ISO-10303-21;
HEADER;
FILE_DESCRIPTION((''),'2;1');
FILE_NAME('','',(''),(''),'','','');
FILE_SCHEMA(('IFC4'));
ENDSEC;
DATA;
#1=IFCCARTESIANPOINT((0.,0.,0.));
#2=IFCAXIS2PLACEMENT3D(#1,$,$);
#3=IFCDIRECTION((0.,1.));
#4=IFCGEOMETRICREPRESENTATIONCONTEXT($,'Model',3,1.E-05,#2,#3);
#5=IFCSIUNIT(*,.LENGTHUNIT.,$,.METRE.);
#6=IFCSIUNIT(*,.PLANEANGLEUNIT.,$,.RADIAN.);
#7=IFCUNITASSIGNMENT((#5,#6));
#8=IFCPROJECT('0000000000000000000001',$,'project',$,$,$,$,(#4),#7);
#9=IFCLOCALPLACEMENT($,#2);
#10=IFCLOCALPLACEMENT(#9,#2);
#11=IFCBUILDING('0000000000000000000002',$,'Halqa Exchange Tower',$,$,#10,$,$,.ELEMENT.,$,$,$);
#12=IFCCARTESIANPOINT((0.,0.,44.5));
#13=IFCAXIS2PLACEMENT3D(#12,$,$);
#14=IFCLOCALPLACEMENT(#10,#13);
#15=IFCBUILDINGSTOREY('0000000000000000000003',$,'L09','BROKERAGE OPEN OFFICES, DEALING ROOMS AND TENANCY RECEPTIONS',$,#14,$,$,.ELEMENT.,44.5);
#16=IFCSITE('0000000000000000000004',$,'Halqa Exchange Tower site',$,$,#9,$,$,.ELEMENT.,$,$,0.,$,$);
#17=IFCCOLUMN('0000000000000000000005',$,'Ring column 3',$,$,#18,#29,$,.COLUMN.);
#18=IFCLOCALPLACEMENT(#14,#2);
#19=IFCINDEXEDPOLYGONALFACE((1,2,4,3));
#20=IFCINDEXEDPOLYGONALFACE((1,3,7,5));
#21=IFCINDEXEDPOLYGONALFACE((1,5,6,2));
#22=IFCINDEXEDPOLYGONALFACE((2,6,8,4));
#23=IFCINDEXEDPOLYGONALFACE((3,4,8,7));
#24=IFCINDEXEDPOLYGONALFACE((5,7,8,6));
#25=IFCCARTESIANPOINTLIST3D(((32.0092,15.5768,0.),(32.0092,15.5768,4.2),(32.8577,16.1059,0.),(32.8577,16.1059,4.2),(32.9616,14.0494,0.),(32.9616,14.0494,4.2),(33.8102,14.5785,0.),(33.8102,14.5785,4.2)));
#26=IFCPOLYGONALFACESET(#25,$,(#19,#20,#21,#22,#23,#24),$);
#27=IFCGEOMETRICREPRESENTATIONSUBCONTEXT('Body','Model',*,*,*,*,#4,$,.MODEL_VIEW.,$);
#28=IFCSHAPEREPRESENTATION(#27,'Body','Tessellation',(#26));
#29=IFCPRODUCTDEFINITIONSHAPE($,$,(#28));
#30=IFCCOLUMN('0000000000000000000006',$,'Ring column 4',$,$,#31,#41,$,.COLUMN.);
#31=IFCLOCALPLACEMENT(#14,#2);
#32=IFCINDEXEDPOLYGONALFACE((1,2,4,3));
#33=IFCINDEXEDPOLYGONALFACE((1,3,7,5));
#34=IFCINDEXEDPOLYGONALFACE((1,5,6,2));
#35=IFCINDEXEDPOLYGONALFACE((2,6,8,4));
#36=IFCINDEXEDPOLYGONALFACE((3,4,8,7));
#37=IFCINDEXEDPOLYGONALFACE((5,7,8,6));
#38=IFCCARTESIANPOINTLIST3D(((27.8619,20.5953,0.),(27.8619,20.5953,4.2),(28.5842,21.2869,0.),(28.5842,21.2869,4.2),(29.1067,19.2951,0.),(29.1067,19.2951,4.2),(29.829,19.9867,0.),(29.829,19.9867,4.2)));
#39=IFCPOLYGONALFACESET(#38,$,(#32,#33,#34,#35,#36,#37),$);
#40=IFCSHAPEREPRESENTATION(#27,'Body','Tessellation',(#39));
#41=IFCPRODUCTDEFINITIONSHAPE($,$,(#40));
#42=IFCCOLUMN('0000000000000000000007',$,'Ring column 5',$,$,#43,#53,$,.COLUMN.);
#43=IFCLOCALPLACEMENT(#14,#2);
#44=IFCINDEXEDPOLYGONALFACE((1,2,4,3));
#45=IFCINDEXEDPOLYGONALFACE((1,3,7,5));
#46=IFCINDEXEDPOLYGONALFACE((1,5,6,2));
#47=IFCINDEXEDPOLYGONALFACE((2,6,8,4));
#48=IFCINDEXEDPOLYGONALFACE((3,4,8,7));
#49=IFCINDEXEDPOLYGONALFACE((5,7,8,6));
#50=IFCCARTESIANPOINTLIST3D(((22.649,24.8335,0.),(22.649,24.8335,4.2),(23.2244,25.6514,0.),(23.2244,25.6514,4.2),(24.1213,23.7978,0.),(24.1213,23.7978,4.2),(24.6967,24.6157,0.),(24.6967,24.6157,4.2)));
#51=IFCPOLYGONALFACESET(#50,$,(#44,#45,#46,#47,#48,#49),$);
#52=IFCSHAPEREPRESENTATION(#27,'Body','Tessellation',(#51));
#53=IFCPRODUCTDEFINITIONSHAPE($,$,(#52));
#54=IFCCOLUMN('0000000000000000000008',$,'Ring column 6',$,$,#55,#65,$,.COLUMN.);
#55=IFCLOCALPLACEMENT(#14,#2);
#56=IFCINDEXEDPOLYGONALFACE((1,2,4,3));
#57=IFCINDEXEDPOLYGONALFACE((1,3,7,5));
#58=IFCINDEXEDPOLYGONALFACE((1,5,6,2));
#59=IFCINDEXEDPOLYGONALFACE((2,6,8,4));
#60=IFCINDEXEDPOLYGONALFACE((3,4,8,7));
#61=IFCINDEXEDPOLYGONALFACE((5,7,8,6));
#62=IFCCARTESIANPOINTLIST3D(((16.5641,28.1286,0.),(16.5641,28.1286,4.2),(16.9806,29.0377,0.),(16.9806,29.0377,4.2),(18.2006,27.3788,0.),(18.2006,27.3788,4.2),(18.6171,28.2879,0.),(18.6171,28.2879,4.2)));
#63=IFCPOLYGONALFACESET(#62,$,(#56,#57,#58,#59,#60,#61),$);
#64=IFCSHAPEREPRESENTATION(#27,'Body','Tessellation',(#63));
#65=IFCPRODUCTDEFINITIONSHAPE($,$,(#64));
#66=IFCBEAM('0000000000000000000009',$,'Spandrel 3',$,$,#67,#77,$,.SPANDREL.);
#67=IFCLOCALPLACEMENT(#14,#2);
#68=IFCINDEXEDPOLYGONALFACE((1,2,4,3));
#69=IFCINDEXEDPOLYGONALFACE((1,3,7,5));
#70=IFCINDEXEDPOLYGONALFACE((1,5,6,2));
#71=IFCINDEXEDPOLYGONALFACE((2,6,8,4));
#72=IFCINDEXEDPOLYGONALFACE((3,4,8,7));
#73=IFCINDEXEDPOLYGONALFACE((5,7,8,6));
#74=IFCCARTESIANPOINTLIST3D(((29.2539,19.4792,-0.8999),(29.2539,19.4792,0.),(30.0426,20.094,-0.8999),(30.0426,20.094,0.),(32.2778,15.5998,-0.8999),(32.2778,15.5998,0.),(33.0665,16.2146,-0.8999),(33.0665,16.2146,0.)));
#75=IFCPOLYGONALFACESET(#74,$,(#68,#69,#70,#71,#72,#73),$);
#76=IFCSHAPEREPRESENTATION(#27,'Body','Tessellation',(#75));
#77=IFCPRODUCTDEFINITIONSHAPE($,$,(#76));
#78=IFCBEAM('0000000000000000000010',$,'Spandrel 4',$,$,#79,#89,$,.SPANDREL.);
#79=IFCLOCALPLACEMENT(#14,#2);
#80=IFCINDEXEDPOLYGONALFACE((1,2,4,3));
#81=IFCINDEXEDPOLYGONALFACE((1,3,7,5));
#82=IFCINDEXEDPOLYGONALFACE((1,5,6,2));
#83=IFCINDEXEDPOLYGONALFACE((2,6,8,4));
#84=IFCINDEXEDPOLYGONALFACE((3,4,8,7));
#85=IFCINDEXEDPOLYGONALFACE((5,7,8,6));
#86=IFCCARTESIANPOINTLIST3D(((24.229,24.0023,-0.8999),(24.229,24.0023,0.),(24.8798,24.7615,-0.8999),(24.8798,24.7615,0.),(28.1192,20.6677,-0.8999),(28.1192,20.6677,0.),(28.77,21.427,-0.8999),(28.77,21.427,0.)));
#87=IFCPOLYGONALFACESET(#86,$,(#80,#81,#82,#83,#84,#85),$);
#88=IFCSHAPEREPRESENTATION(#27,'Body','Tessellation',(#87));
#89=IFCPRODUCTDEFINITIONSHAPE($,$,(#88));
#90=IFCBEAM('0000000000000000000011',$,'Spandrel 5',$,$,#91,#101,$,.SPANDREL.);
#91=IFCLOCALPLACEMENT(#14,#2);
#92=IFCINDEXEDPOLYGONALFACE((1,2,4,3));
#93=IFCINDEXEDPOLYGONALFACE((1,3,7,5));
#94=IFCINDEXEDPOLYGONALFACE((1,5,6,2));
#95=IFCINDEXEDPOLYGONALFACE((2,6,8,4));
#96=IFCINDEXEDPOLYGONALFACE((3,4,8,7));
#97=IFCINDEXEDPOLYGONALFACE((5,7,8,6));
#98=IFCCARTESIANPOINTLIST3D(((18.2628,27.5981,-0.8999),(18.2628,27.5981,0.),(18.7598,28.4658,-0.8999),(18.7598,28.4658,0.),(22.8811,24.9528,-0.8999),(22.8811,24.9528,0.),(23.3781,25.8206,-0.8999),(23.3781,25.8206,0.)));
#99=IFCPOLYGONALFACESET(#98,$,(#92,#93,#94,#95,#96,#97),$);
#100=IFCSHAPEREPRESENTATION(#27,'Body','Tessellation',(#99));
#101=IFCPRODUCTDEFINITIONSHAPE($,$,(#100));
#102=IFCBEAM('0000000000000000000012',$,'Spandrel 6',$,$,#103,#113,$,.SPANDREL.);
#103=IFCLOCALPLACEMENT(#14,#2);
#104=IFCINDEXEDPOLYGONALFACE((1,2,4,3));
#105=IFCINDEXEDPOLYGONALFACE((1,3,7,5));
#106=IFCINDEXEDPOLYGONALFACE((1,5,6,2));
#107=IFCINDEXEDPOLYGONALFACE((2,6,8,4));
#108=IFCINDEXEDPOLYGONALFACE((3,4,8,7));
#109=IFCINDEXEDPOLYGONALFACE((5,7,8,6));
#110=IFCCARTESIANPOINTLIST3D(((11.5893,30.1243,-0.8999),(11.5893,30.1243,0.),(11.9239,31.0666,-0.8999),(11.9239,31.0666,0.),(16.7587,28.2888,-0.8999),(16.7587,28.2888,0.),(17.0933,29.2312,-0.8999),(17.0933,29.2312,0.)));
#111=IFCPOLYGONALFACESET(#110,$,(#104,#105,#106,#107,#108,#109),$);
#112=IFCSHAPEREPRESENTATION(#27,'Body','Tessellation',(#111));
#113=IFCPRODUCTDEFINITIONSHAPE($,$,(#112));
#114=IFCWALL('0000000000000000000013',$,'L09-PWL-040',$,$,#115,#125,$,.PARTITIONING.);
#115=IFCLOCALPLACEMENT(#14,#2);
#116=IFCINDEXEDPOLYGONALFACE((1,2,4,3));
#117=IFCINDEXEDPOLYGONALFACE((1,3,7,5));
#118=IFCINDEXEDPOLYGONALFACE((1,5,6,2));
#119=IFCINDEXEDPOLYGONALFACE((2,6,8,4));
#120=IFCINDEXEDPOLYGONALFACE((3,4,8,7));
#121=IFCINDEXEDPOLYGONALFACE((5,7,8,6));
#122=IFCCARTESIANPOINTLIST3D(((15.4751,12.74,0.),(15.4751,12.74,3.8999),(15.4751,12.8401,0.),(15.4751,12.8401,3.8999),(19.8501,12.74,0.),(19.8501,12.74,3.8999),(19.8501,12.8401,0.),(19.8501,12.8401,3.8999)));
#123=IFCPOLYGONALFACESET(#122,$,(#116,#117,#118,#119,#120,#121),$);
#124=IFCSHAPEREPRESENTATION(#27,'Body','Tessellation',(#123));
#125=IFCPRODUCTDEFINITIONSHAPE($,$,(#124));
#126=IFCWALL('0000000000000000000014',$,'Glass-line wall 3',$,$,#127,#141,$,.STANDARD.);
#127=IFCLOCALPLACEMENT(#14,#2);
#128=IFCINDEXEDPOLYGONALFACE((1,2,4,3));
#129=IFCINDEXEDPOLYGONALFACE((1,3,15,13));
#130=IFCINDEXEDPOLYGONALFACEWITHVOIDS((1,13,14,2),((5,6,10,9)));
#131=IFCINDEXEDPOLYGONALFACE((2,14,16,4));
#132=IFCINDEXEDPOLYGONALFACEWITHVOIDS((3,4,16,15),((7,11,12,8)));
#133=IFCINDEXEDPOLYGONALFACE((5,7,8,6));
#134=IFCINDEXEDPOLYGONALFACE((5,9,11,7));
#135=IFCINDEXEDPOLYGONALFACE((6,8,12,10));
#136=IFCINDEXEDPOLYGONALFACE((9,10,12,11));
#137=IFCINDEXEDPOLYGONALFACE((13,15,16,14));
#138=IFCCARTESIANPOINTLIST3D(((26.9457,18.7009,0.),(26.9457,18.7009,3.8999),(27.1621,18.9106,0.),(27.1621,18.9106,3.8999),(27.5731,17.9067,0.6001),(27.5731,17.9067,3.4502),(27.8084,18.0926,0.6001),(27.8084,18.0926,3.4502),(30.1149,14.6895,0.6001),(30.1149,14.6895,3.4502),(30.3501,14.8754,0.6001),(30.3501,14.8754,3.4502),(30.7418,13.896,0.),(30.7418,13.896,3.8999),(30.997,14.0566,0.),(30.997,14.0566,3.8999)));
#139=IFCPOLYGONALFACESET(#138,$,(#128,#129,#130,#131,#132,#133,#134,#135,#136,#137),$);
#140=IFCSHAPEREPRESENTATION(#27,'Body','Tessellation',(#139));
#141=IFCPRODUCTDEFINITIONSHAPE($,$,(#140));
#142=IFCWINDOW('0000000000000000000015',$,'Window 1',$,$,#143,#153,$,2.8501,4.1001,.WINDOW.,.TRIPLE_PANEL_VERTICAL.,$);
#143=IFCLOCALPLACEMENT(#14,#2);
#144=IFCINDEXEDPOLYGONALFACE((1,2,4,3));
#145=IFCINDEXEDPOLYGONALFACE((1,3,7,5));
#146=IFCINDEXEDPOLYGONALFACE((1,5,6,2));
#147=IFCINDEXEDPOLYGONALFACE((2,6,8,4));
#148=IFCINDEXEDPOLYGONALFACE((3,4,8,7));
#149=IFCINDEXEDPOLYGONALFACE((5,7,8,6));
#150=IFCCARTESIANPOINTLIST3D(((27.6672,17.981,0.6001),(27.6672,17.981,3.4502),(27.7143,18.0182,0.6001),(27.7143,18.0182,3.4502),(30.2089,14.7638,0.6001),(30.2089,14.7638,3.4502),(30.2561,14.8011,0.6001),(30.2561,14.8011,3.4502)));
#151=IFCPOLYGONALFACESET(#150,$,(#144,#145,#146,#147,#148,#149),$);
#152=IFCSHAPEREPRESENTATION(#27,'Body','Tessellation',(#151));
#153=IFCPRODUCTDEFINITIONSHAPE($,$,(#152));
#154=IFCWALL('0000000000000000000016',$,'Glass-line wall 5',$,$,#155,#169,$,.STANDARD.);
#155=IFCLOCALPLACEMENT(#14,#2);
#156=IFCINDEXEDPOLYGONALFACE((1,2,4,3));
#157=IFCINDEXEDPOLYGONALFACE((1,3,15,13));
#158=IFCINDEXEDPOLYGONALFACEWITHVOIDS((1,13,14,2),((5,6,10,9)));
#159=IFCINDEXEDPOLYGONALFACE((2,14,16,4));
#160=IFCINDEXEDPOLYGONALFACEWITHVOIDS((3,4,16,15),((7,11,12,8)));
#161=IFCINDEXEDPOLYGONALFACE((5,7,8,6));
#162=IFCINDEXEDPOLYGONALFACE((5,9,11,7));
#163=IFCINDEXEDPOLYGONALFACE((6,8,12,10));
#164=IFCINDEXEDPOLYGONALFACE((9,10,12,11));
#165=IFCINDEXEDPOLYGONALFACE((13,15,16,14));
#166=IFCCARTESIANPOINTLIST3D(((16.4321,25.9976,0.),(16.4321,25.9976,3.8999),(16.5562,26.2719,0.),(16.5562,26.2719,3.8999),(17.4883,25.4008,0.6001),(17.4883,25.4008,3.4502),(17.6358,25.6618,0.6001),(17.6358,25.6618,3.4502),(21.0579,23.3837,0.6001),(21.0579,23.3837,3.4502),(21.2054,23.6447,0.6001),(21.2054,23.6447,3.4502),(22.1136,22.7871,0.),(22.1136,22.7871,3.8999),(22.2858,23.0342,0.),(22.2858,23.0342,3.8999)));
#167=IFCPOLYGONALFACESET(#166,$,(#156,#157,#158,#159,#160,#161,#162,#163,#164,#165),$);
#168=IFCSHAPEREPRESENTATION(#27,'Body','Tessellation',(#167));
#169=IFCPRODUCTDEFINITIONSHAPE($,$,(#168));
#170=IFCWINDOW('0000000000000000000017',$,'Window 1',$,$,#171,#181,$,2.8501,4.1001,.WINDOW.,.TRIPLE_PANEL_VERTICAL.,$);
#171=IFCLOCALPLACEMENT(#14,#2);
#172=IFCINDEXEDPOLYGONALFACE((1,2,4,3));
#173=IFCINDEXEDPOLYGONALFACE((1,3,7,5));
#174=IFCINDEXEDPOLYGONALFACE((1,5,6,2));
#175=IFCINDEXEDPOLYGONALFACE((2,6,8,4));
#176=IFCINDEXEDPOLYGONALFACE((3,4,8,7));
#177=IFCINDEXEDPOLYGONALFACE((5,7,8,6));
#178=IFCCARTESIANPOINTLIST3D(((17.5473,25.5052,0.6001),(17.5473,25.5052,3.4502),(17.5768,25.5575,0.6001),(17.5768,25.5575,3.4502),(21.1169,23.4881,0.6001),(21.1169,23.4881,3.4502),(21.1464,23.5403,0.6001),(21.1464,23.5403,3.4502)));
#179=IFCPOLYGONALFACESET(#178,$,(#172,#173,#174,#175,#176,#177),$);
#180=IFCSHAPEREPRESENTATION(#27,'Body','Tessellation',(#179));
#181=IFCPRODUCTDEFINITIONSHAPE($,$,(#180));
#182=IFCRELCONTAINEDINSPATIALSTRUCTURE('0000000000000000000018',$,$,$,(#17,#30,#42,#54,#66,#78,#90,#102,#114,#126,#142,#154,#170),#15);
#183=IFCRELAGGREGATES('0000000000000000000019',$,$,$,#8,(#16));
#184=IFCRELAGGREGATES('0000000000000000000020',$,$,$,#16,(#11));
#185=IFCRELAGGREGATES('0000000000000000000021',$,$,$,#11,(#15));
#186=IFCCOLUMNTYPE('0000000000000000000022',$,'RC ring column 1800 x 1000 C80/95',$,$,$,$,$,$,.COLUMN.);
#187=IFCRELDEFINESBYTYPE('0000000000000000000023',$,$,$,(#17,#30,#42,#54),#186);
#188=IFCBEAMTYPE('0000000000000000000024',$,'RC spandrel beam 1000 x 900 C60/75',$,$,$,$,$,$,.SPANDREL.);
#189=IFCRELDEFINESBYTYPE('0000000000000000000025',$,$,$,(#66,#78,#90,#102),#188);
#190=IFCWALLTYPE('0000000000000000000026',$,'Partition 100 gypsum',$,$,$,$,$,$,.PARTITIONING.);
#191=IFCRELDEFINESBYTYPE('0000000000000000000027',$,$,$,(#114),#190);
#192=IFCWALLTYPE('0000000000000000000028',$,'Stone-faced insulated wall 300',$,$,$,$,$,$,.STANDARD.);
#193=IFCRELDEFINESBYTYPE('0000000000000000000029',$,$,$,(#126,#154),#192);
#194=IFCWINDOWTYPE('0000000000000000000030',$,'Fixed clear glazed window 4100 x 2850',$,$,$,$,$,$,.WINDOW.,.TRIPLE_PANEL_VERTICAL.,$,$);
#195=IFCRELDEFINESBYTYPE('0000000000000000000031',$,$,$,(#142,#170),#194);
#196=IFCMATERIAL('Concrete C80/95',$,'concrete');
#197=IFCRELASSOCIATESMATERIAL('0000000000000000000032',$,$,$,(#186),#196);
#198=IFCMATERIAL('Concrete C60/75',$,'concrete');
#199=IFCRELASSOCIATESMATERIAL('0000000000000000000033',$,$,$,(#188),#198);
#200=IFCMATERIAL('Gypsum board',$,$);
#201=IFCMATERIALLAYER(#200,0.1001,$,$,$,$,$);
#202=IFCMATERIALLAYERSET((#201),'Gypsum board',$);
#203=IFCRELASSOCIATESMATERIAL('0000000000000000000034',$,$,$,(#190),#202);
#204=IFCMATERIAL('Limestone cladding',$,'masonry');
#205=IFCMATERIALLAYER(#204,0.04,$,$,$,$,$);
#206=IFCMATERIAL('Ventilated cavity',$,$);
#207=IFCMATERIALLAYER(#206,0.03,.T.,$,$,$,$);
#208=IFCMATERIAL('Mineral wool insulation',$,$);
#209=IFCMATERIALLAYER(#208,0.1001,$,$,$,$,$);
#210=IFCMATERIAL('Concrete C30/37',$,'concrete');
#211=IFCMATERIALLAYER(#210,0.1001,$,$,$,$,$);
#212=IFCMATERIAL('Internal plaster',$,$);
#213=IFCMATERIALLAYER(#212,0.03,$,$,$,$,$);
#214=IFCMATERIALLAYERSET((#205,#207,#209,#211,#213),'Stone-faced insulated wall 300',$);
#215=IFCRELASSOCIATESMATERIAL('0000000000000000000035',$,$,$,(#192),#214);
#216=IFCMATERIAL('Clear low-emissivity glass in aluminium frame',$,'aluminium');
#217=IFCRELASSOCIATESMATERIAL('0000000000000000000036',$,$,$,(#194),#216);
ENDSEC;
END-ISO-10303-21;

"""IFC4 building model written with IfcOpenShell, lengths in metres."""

from ifc_helpers import new_model, si_unit, direction, frame, frame_2d, origin, origin_2d, place, context, subcontext, project, spatial, polyline, rectangle, outline, extrude, material, layer, layer_set, material_profile, profile_set, type_object, element, fill, save


model = new_model("IFC4")

# Units and contexts
model_context = context("Model", 3, precision=1e-05, world=origin(), true_north=direction((0.0, 1.0)))
body_context = subcontext(model_context, "Body", "Model", "MODEL_VIEW")
ifc_project = project(units=[si_unit("LENGTHUNIT", "METRE"), si_unit("PLANEANGLEUNIT", "RADIAN")], contexts=[model_context])

# Site, building, storey
site_placement = place(None, origin())
site = spatial("IfcSite", under=ifc_project, at=site_placement, Name="Halqa Exchange Tower site", CompositionType="ELEMENT", RefElevation=0.0)
building_placement = place(site_placement, origin())
building = spatial("IfcBuilding", under=site, at=building_placement, Name="Halqa Exchange Tower", CompositionType="ELEMENT")
storey_placement = place(building_placement, frame((0.0, 0.0, 44.5)))
storey = spatial("IfcBuildingStorey", under=building, at=storey_placement, Name="L09", Description="BROKERAGE OPEN OFFICES, DEALING ROOMS AND TENANCY RECEPTIONS", CompositionType="ELEMENT", Elevation=44.5)

# Columns
ifc_material_1 = material(Name="Concrete C80/95", Category="concrete")
ifc_material_profile_1 = material_profile(ifc_material_1, rectangle(XDim=1.8, YDim=1.0, at=origin_2d()), Name="1800 x 1000")
ifc_profile_set_1 = profile_set([ifc_material_profile_1], Name="Concrete C80/95")
column_type = type_object("IfcColumnType", Name="RC ring column 1800 x 1000 C80/95", PredefinedType="COLUMN", material=ifc_profile_set_1)
for number, where, z_axis, x_axis, name in (
    (1, (32.9097, 15.0776, 0.0), (0.0, 0.0, 1.0), (-0.529143, 0.848532, 0.0), "Ring column 3"),
    (2, (28.8455, 20.291, 0.0), (0.0, 0.0, 1.0), (-0.691576, 0.722304, 0.0), "Ring column 4"),
    (3, (23.6729, 24.7246, 0.0), (0.0, 0.0, 1.0), (-0.817909, 0.575348, 0.0), "Ring column 5"),
    (4, (17.5906, 28.2083, 0.0), (0.0, 0.0, 1.0), (-0.909127, 0.416519, 0.0), "Ring column 6"),
):
    element("IfcColumn", number, at=place(storey_placement, frame(where, z_axis=z_axis, x_axis=x_axis)), inside=storey, type_object=column_type, Name=name, PredefinedType="COLUMN", context=body_context, shape_type="SweptSolid", body=[
        extrude(rectangle(XDim=1.8, YDim=1.0, at=origin_2d()), origin(), (0.0, 0.0, 1.0), 4.2),
    ])

# Beams
ifc_material_2 = material(Name="Concrete C60/75", Category="concrete")
ifc_material_profile_2 = material_profile(ifc_material_2, rectangle(XDim=1.0, YDim=0.8999, at=origin_2d()), Name="1000 x 900")
ifc_profile_set_2 = profile_set([ifc_material_profile_2], Name="Concrete C60/75")
beam_type = type_object("IfcBeamType", Name="RC spandrel beam 1000 x 900 C60/75", PredefinedType="SPANDREL", material=ifc_profile_set_2)
beam_1_placement = place(storey_placement, frame((32.6721, 15.9072, -0.45), z_axis=(-0.614779, 0.7887, 0.0), x_axis=(-0.7887, -0.614779, 0.0)))
element("IfcBeam", 5, at=beam_1_placement, inside=storey, type_object=beam_type, Name="Spandrel 3", PredefinedType="SPANDREL", context=body_context, shape_type="SweptSolid", body=[
    extrude(rectangle(XDim=1.0, YDim=0.8999, at=origin_2d()), origin(), (0.0, 0.0, 1.0), 4.9187),
])
beam_2_placement = place(storey_placement, frame((28.4446, 21.0474, -0.45), z_axis=(-0.75925, 0.650799, 0.0), x_axis=(-0.650799, -0.75925, 0.0)))
element("IfcBeam", 6, at=beam_2_placement, inside=storey, type_object=beam_type, Name="Spandrel 4", PredefinedType="SPANDREL", context=body_context, shape_type="SweptSolid", body=[
    extrude(rectangle(XDim=1.0, YDim=0.8999, at=origin_2d()), origin(), (0.0, 0.0, 1.0), 5.1238),
])
beam_3_placement = place(storey_placement, frame((23.1296, 25.3867, -0.45), z_axis=(-0.867743, 0.497013, 0.0), x_axis=(-0.497013, -0.867743, 0.0)))
element("IfcBeam", 7, at=beam_3_placement, inside=storey, type_object=beam_type, Name="Spandrel 5", PredefinedType="SPANDREL", context=body_context, shape_type="SweptSolid", body=[
    extrude(rectangle(XDim=1.0, YDim=0.8999, at=origin_2d()), origin(), (0.0, 0.0, 1.0), 5.3223),
])
beam_4_placement = place(storey_placement, frame((16.926, 28.76, -0.45), z_axis=(-0.942363, 0.334593, 0.0), x_axis=(-0.334593, -0.942363, 0.0)))
element("IfcBeam", 8, at=beam_4_placement, inside=storey, type_object=beam_type, Name="Spandrel 6", PredefinedType="SPANDREL", context=body_context, shape_type="SweptSolid", body=[
    extrude(rectangle(XDim=1.0, YDim=0.8999, at=origin_2d()), origin(), (0.0, 0.0, 1.0), 5.4856),
])

# Wall
ifc_material_3 = material(Name="Gypsum board")
ifc_layer_1 = layer(ifc_material_3, 0.1001)
ifc_layer_set_1 = layer_set([ifc_layer_1], Name="Gypsum board")
wall_type_1 = type_object("IfcWallType", Name="Partition 100 gypsum", PredefinedType="PARTITIONING", material=ifc_layer_set_1)
wall_1_placement = place(storey_placement, frame((19.8501, 12.79, 0.0), z_axis=(0.0, 0.0, 1.0), x_axis=(-1.0, 0.0, 0.0)))
element("IfcWall", 9, at=wall_1_placement, inside=storey, type_object=wall_type_1, Name="L09-PWL-040", PredefinedType="PARTITIONING", context=body_context, shape_type="SweptSolid", body=[
    extrude(rectangle(XDim=4.375, YDim=0.1001, at=frame_2d((2.1875, 0.0))), origin(), (0.0, 0.0, 1.0), 3.8999),
])

# Wall, opening, window
ifc_material_4 = material(Name="Limestone cladding", Category="masonry")
ifc_layer_2 = layer(ifc_material_4, 0.04)
ifc_material_5 = material(Name="Ventilated cavity")
ifc_layer_3 = layer(ifc_material_5, 0.03, ventilated=True)
ifc_material_6 = material(Name="Mineral wool insulation")
ifc_layer_4 = layer(ifc_material_6, 0.1001)
ifc_material_7 = material(Name="Concrete C30/37", Category="concrete")
ifc_layer_5 = layer(ifc_material_7, 0.1001)
ifc_material_8 = material(Name="Internal plaster")
ifc_layer_6 = layer(ifc_material_8, 0.03)
ifc_layer_set_2 = layer_set([ifc_layer_2, ifc_layer_3, ifc_layer_4, ifc_layer_5, ifc_layer_6], Name="Stone-faced insulated wall 300")
wall_type_2 = type_object("IfcWallType", Name="Stone-faced insulated wall 300", PredefinedType="STANDARD", material=ifc_layer_set_2)
wall_2_placement = place(storey_placement, frame((30.8694, 13.9763, 0.0), z_axis=(0.0, 0.0, 1.0), x_axis=(-0.619923, 0.784662, 0.0)))
wall_2 = element("IfcWall", 10, at=wall_2_placement, inside=storey, type_object=wall_type_2, Name="Glass-line wall 3", PredefinedType="STANDARD", context=body_context, shape_type="SweptSolid", body=[
    extrude(outline(polyline([(-0.0161, -0.1499), (6.1699, -0.1499), (6.1396, 0.1499), (0.0161, 0.1499), (-0.0161, -0.1499)])), origin(), (0.0, 0.0, 1.0), 3.8999),
])
opening_1_placement = place(wall_2_placement, frame((1.0273, 0.0, 0.6001)))
opening_1 = element("IfcOpeningElement", 11, at=opening_1_placement, cuts=wall_2, PredefinedType="OPENING", context=body_context, shape_type="SweptSolid", body=[
    extrude(rectangle(XDim=4.1001, YDim=2.8501, at=frame_2d((2.05, 1.425))), frame((0.0, 0.1621, 0.0), z_axis=(0.0, -1.0, 0.0), x_axis=(1.0, 0.0, 0.0)), (0.0, 0.0, 1.0), 0.324),
])
ifc_material_9 = material(Name="Clear low-emissivity glass in aluminium frame", Category="aluminium")
window_type = type_object("IfcWindowType", Name="Fixed clear glazed window 4100 x 2850", PartitioningType="TRIPLE_PANEL_VERTICAL", PredefinedType="WINDOW", material=ifc_material_9)
window_1_placement = place(opening_1_placement, origin())
window_1 = element("IfcWindow", 12, at=window_1_placement, inside=storey, type_object=window_type, Name="Window 1", OverallHeight=2.8501, OverallWidth=4.1001, PartitioningType="TRIPLE_PANEL_VERTICAL", PredefinedType="WINDOW", context=body_context, shape_type="SweptSolid", body=[
    extrude(rectangle(XDim=4.1001, YDim=2.8501, at=frame_2d((2.05, 1.425))), frame((0.0, 0.03, 0.0), z_axis=(0.0, -1.0, 0.0), x_axis=(1.0, 0.0, 0.0)), (0.0, 0.0, 1.0), 0.0601),
])
fill(opening_1, window_1)

# Wall, opening, window
wall_3_placement = place(storey_placement, frame((22.1997, 22.9106, 0.0), z_axis=(0.0, 0.0, 1.0), x_axis=(-0.870613, 0.491969, 0.0)))
wall_3 = element("IfcWall", 13, at=wall_3_placement, inside=storey, type_object=wall_type_2, Name="Glass-line wall 5", PredefinedType="STANDARD", context=body_context, shape_type="SweptSolid", body=[
    extrude(outline(polyline([(-0.0142, -0.1499), (6.5669, -0.1499), (6.54, 0.1499), (0.0142, 0.1499), (-0.0142, -0.1499)])), origin(), (0.0, 0.0, 1.0), 3.8999),
])
opening_2_placement = place(wall_3_placement, frame((1.2268, 0.0, 0.6001)))
opening_2 = element("IfcOpeningElement", 14, at=opening_2_placement, cuts=wall_3, PredefinedType="OPENING", context=body_context, shape_type="SweptSolid", body=[
    extrude(rectangle(XDim=4.1001, YDim=2.8501, at=frame_2d((2.05, 1.425))), frame((0.0, 0.1621, 0.0), z_axis=(0.0, -1.0, 0.0), x_axis=(1.0, 0.0, 0.0)), (0.0, 0.0, 1.0), 0.324),
])
window_2_placement = place(opening_2_placement, origin())
window_2 = element("IfcWindow", 15, at=window_2_placement, inside=storey, type_object=window_type, Name="Window 1", OverallHeight=2.8501, OverallWidth=4.1001, PartitioningType="TRIPLE_PANEL_VERTICAL", PredefinedType="WINDOW", context=body_context, shape_type="SweptSolid", body=[
    extrude(rectangle(XDim=4.1001, YDim=2.8501, at=frame_2d((2.05, 1.425))), frame((0.0, 0.03, 0.0), z_axis=(0.0, -1.0, 0.0), x_axis=(1.0, 0.0, 0.0)), (0.0, 0.0, 1.0), 0.0601),
])
fill(opening_2, window_2)

save(model, "model.ifc")
